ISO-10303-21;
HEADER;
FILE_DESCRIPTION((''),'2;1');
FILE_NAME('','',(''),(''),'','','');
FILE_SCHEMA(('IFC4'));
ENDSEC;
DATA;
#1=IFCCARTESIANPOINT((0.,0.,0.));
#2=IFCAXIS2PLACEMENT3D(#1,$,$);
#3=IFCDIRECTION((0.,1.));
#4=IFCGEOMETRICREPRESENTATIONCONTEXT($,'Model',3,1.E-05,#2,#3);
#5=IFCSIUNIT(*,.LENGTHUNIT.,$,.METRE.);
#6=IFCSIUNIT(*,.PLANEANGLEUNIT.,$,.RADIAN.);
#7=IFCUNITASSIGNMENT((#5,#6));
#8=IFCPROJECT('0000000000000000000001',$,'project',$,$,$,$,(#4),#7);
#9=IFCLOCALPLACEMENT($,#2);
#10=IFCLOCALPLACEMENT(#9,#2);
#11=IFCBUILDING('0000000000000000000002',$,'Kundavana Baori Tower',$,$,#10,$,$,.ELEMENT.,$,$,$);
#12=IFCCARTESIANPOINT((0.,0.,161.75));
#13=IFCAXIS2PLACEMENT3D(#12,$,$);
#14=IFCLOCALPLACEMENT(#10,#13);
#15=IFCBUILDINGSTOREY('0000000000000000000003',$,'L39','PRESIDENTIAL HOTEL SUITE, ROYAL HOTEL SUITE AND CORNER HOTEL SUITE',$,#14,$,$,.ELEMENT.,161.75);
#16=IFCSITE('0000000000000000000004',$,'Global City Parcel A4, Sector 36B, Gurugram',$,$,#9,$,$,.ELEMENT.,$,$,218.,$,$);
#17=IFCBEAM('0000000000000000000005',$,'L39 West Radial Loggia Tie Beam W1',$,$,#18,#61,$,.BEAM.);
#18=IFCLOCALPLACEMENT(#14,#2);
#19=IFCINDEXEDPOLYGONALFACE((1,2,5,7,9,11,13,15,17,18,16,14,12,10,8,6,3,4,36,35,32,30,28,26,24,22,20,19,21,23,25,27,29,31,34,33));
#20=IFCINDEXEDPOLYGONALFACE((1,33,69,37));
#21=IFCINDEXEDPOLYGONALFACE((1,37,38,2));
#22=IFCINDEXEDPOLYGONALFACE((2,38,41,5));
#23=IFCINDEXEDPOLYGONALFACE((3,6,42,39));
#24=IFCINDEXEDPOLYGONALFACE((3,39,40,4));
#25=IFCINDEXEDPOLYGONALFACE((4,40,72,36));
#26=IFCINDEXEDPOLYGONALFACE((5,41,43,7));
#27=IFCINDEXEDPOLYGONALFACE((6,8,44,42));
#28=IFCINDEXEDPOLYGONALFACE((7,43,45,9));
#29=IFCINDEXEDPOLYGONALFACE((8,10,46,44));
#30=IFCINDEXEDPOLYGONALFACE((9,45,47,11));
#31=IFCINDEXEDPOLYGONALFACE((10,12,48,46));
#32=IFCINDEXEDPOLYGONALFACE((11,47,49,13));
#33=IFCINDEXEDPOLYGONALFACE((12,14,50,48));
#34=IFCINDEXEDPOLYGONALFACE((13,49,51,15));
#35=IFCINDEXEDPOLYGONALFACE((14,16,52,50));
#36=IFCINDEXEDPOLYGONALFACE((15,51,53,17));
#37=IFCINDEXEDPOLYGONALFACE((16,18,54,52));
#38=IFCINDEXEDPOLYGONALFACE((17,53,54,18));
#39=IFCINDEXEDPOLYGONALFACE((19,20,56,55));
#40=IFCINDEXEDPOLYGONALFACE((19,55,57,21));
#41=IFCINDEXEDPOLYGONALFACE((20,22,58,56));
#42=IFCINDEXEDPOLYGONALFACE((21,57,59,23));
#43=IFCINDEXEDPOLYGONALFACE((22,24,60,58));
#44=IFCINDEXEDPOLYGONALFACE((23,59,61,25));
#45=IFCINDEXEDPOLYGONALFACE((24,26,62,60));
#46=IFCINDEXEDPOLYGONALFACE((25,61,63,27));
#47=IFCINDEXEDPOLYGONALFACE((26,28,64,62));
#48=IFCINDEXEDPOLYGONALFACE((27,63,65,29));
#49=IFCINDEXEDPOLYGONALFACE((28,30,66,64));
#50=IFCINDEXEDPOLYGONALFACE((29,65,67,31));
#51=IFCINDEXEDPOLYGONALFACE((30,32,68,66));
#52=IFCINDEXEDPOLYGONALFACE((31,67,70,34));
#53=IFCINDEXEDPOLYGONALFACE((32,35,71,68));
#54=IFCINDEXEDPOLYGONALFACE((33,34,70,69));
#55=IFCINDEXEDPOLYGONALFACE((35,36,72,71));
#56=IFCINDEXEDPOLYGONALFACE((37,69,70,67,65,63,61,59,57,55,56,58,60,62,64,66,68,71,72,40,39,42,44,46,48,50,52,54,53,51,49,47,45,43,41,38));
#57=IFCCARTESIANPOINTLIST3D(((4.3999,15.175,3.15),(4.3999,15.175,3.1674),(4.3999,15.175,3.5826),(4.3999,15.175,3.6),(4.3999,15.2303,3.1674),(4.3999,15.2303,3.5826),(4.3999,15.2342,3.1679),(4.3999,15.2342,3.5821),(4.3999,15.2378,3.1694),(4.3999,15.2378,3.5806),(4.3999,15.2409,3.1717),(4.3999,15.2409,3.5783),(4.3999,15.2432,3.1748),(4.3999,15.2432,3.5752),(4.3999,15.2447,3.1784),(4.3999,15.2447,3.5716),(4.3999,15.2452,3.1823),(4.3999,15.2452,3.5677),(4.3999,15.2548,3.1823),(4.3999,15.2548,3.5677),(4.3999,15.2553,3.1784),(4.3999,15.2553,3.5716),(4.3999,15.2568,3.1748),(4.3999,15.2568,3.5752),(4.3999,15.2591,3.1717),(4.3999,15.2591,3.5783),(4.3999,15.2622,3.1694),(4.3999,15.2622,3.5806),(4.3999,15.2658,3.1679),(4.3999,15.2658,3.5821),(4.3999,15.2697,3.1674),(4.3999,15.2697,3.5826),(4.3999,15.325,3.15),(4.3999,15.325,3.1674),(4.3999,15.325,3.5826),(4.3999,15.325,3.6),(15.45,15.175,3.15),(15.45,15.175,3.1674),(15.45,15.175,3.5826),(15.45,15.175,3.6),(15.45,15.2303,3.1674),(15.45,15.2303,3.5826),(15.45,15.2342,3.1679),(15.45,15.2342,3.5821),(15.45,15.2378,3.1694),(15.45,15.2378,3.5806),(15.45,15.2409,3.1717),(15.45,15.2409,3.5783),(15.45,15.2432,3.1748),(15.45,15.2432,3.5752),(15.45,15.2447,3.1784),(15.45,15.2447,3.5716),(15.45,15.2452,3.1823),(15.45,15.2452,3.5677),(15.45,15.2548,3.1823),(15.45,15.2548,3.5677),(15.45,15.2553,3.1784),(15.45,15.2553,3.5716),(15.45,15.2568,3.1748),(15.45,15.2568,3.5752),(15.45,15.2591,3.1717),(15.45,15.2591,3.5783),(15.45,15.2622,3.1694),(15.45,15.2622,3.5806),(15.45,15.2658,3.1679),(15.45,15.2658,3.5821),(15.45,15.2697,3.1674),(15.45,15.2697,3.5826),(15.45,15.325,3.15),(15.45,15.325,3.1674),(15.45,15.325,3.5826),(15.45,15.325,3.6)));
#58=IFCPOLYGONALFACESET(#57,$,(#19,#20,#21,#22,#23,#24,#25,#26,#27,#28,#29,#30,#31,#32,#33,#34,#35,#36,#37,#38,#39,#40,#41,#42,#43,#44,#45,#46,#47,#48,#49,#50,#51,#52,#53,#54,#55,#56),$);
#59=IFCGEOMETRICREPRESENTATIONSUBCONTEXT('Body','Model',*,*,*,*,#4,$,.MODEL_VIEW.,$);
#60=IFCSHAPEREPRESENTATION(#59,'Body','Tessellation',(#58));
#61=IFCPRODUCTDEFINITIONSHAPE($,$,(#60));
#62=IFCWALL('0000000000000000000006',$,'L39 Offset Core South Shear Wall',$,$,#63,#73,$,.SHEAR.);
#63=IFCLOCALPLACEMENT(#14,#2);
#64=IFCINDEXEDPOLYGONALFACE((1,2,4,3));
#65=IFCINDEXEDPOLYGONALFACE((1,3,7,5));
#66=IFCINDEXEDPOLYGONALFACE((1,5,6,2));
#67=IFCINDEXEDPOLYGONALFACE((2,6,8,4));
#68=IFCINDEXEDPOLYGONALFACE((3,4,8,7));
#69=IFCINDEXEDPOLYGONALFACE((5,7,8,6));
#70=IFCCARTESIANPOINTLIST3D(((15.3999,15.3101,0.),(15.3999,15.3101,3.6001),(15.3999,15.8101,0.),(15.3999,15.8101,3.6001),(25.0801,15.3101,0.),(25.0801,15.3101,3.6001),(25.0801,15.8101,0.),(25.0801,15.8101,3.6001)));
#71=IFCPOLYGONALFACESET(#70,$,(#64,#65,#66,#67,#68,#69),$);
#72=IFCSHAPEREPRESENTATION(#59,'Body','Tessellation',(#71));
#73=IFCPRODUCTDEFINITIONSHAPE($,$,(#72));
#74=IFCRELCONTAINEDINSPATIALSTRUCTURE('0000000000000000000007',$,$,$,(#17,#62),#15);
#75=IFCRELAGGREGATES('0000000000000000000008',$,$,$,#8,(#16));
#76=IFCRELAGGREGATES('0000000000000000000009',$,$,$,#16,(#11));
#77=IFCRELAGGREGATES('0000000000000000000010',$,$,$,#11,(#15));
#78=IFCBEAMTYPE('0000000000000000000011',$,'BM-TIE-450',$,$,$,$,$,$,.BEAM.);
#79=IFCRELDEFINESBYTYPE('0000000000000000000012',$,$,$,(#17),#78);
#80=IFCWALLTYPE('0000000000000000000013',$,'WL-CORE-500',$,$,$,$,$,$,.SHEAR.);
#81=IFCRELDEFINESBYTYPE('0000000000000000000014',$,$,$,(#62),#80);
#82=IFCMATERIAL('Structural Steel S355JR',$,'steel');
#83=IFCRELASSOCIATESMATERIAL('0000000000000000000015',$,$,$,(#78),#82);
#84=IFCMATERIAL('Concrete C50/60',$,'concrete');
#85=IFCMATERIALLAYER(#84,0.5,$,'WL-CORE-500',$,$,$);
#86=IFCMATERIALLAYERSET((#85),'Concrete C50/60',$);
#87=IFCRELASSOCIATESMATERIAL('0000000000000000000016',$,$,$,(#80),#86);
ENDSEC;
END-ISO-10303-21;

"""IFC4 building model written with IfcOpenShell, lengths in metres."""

from ifc_helpers import new_model, si_unit, direction, frame, frame_2d, origin, origin_2d, place, context, subcontext, project, spatial, rectangle, i_section, extrude, material, layer, layer_set, material_profile, profile_set, type_object, element, save


model = new_model("IFC4")

# Units and contexts
model_context = context("Model", 3, precision=1e-05, world=origin(), true_north=direction((0.0, 1.0)))
body_context = subcontext(model_context, "Body", "Model", "MODEL_VIEW")
ifc_project = project(units=[si_unit("LENGTHUNIT", "METRE"), si_unit("PLANEANGLEUNIT", "RADIAN")], contexts=[model_context])

# Site, building, storey
site_placement = place(None, origin())
site = spatial("IfcSite", under=ifc_project, at=site_placement, Name="Global City Parcel A4, Sector 36B, Gurugram", CompositionType="ELEMENT", RefElevation=218.0)
building_placement = place(site_placement, origin())
building = spatial("IfcBuilding", under=site, at=building_placement, Name="Kundavana Baori Tower", CompositionType="ELEMENT")
storey_placement = place(building_placement, frame((0.0, 0.0, 161.75)))
storey = spatial("IfcBuildingStorey", under=building, at=storey_placement, Name="L39", Description="PRESIDENTIAL HOTEL SUITE, ROYAL HOTEL SUITE AND CORNER HOTEL SUITE", CompositionType="ELEMENT", Elevation=161.75)

# Beam
ifc_material_1 = material(Name="Structural Steel S355JR", Category="steel")
ifc_material_profile_1 = material_profile(ifc_material_1, i_section(OverallWidth=0.1499, OverallDepth=0.45, WebThickness=0.0095, FlangeThickness=0.0173, FilletRadius=0.0149, at=origin_2d()), Name="ISMB 450")
ifc_profile_set_1 = profile_set([ifc_material_profile_1], Name="Structural Steel S355JR")
beam_type_1 = type_object("IfcBeamType", Name="BM-TIE-450", PredefinedType="BEAM", material=ifc_profile_set_1)
for number, where, z_axis, x_axis, name in (
    (1, (15.45, 15.25, 3.375), (-1.0, 0.0, 0.0), (0.0, -1.0, 0.0), "L39 West Radial Loggia Tie Beam W1"),
):
    element("IfcBeam", number, at=place(storey_placement, frame(where, z_axis=z_axis, x_axis=x_axis)), inside=storey, type_object=beam_type_1, Name=name, PredefinedType="BEAM", context=body_context, shape_type="SweptSolid", body=[
        extrude(i_section(OverallWidth=0.1499, OverallDepth=0.45, WebThickness=0.0095, FlangeThickness=0.0173, FilletRadius=0.0149, at=origin_2d()), origin(), (0.0, 0.0, 1.0), 11.05),
    ])

# Wall
ifc_material_2 = material(Name="Concrete C50/60", Category="concrete")
ifc_layer_1 = layer(ifc_material_2, 0.5, Name="WL-CORE-500")
ifc_layer_set_1 = layer_set([ifc_layer_1], Name="Concrete C50/60")
wall_type_1 = type_object("IfcWallType", Name="WL-CORE-500", PredefinedType="SHEAR", material=ifc_layer_set_1)
wall_1_placement = place(storey_placement, frame((15.3999, 15.5601, 0.0), z_axis=(0.0, 0.0, 1.0), x_axis=(1.0, 0.0, 0.0)))
element("IfcWall", 2, at=wall_1_placement, inside=storey, type_object=wall_type_1, Name="L39 Offset Core South Shear Wall", PredefinedType="SHEAR", context=body_context, shape_type="SweptSolid", body=[
    extrude(rectangle(XDim=9.6802, YDim=0.5, at=frame_2d((4.8401, 0.0))), origin(), (0.0, 0.0, 1.0), 3.6001),
])

save(model, "model.ifc")
